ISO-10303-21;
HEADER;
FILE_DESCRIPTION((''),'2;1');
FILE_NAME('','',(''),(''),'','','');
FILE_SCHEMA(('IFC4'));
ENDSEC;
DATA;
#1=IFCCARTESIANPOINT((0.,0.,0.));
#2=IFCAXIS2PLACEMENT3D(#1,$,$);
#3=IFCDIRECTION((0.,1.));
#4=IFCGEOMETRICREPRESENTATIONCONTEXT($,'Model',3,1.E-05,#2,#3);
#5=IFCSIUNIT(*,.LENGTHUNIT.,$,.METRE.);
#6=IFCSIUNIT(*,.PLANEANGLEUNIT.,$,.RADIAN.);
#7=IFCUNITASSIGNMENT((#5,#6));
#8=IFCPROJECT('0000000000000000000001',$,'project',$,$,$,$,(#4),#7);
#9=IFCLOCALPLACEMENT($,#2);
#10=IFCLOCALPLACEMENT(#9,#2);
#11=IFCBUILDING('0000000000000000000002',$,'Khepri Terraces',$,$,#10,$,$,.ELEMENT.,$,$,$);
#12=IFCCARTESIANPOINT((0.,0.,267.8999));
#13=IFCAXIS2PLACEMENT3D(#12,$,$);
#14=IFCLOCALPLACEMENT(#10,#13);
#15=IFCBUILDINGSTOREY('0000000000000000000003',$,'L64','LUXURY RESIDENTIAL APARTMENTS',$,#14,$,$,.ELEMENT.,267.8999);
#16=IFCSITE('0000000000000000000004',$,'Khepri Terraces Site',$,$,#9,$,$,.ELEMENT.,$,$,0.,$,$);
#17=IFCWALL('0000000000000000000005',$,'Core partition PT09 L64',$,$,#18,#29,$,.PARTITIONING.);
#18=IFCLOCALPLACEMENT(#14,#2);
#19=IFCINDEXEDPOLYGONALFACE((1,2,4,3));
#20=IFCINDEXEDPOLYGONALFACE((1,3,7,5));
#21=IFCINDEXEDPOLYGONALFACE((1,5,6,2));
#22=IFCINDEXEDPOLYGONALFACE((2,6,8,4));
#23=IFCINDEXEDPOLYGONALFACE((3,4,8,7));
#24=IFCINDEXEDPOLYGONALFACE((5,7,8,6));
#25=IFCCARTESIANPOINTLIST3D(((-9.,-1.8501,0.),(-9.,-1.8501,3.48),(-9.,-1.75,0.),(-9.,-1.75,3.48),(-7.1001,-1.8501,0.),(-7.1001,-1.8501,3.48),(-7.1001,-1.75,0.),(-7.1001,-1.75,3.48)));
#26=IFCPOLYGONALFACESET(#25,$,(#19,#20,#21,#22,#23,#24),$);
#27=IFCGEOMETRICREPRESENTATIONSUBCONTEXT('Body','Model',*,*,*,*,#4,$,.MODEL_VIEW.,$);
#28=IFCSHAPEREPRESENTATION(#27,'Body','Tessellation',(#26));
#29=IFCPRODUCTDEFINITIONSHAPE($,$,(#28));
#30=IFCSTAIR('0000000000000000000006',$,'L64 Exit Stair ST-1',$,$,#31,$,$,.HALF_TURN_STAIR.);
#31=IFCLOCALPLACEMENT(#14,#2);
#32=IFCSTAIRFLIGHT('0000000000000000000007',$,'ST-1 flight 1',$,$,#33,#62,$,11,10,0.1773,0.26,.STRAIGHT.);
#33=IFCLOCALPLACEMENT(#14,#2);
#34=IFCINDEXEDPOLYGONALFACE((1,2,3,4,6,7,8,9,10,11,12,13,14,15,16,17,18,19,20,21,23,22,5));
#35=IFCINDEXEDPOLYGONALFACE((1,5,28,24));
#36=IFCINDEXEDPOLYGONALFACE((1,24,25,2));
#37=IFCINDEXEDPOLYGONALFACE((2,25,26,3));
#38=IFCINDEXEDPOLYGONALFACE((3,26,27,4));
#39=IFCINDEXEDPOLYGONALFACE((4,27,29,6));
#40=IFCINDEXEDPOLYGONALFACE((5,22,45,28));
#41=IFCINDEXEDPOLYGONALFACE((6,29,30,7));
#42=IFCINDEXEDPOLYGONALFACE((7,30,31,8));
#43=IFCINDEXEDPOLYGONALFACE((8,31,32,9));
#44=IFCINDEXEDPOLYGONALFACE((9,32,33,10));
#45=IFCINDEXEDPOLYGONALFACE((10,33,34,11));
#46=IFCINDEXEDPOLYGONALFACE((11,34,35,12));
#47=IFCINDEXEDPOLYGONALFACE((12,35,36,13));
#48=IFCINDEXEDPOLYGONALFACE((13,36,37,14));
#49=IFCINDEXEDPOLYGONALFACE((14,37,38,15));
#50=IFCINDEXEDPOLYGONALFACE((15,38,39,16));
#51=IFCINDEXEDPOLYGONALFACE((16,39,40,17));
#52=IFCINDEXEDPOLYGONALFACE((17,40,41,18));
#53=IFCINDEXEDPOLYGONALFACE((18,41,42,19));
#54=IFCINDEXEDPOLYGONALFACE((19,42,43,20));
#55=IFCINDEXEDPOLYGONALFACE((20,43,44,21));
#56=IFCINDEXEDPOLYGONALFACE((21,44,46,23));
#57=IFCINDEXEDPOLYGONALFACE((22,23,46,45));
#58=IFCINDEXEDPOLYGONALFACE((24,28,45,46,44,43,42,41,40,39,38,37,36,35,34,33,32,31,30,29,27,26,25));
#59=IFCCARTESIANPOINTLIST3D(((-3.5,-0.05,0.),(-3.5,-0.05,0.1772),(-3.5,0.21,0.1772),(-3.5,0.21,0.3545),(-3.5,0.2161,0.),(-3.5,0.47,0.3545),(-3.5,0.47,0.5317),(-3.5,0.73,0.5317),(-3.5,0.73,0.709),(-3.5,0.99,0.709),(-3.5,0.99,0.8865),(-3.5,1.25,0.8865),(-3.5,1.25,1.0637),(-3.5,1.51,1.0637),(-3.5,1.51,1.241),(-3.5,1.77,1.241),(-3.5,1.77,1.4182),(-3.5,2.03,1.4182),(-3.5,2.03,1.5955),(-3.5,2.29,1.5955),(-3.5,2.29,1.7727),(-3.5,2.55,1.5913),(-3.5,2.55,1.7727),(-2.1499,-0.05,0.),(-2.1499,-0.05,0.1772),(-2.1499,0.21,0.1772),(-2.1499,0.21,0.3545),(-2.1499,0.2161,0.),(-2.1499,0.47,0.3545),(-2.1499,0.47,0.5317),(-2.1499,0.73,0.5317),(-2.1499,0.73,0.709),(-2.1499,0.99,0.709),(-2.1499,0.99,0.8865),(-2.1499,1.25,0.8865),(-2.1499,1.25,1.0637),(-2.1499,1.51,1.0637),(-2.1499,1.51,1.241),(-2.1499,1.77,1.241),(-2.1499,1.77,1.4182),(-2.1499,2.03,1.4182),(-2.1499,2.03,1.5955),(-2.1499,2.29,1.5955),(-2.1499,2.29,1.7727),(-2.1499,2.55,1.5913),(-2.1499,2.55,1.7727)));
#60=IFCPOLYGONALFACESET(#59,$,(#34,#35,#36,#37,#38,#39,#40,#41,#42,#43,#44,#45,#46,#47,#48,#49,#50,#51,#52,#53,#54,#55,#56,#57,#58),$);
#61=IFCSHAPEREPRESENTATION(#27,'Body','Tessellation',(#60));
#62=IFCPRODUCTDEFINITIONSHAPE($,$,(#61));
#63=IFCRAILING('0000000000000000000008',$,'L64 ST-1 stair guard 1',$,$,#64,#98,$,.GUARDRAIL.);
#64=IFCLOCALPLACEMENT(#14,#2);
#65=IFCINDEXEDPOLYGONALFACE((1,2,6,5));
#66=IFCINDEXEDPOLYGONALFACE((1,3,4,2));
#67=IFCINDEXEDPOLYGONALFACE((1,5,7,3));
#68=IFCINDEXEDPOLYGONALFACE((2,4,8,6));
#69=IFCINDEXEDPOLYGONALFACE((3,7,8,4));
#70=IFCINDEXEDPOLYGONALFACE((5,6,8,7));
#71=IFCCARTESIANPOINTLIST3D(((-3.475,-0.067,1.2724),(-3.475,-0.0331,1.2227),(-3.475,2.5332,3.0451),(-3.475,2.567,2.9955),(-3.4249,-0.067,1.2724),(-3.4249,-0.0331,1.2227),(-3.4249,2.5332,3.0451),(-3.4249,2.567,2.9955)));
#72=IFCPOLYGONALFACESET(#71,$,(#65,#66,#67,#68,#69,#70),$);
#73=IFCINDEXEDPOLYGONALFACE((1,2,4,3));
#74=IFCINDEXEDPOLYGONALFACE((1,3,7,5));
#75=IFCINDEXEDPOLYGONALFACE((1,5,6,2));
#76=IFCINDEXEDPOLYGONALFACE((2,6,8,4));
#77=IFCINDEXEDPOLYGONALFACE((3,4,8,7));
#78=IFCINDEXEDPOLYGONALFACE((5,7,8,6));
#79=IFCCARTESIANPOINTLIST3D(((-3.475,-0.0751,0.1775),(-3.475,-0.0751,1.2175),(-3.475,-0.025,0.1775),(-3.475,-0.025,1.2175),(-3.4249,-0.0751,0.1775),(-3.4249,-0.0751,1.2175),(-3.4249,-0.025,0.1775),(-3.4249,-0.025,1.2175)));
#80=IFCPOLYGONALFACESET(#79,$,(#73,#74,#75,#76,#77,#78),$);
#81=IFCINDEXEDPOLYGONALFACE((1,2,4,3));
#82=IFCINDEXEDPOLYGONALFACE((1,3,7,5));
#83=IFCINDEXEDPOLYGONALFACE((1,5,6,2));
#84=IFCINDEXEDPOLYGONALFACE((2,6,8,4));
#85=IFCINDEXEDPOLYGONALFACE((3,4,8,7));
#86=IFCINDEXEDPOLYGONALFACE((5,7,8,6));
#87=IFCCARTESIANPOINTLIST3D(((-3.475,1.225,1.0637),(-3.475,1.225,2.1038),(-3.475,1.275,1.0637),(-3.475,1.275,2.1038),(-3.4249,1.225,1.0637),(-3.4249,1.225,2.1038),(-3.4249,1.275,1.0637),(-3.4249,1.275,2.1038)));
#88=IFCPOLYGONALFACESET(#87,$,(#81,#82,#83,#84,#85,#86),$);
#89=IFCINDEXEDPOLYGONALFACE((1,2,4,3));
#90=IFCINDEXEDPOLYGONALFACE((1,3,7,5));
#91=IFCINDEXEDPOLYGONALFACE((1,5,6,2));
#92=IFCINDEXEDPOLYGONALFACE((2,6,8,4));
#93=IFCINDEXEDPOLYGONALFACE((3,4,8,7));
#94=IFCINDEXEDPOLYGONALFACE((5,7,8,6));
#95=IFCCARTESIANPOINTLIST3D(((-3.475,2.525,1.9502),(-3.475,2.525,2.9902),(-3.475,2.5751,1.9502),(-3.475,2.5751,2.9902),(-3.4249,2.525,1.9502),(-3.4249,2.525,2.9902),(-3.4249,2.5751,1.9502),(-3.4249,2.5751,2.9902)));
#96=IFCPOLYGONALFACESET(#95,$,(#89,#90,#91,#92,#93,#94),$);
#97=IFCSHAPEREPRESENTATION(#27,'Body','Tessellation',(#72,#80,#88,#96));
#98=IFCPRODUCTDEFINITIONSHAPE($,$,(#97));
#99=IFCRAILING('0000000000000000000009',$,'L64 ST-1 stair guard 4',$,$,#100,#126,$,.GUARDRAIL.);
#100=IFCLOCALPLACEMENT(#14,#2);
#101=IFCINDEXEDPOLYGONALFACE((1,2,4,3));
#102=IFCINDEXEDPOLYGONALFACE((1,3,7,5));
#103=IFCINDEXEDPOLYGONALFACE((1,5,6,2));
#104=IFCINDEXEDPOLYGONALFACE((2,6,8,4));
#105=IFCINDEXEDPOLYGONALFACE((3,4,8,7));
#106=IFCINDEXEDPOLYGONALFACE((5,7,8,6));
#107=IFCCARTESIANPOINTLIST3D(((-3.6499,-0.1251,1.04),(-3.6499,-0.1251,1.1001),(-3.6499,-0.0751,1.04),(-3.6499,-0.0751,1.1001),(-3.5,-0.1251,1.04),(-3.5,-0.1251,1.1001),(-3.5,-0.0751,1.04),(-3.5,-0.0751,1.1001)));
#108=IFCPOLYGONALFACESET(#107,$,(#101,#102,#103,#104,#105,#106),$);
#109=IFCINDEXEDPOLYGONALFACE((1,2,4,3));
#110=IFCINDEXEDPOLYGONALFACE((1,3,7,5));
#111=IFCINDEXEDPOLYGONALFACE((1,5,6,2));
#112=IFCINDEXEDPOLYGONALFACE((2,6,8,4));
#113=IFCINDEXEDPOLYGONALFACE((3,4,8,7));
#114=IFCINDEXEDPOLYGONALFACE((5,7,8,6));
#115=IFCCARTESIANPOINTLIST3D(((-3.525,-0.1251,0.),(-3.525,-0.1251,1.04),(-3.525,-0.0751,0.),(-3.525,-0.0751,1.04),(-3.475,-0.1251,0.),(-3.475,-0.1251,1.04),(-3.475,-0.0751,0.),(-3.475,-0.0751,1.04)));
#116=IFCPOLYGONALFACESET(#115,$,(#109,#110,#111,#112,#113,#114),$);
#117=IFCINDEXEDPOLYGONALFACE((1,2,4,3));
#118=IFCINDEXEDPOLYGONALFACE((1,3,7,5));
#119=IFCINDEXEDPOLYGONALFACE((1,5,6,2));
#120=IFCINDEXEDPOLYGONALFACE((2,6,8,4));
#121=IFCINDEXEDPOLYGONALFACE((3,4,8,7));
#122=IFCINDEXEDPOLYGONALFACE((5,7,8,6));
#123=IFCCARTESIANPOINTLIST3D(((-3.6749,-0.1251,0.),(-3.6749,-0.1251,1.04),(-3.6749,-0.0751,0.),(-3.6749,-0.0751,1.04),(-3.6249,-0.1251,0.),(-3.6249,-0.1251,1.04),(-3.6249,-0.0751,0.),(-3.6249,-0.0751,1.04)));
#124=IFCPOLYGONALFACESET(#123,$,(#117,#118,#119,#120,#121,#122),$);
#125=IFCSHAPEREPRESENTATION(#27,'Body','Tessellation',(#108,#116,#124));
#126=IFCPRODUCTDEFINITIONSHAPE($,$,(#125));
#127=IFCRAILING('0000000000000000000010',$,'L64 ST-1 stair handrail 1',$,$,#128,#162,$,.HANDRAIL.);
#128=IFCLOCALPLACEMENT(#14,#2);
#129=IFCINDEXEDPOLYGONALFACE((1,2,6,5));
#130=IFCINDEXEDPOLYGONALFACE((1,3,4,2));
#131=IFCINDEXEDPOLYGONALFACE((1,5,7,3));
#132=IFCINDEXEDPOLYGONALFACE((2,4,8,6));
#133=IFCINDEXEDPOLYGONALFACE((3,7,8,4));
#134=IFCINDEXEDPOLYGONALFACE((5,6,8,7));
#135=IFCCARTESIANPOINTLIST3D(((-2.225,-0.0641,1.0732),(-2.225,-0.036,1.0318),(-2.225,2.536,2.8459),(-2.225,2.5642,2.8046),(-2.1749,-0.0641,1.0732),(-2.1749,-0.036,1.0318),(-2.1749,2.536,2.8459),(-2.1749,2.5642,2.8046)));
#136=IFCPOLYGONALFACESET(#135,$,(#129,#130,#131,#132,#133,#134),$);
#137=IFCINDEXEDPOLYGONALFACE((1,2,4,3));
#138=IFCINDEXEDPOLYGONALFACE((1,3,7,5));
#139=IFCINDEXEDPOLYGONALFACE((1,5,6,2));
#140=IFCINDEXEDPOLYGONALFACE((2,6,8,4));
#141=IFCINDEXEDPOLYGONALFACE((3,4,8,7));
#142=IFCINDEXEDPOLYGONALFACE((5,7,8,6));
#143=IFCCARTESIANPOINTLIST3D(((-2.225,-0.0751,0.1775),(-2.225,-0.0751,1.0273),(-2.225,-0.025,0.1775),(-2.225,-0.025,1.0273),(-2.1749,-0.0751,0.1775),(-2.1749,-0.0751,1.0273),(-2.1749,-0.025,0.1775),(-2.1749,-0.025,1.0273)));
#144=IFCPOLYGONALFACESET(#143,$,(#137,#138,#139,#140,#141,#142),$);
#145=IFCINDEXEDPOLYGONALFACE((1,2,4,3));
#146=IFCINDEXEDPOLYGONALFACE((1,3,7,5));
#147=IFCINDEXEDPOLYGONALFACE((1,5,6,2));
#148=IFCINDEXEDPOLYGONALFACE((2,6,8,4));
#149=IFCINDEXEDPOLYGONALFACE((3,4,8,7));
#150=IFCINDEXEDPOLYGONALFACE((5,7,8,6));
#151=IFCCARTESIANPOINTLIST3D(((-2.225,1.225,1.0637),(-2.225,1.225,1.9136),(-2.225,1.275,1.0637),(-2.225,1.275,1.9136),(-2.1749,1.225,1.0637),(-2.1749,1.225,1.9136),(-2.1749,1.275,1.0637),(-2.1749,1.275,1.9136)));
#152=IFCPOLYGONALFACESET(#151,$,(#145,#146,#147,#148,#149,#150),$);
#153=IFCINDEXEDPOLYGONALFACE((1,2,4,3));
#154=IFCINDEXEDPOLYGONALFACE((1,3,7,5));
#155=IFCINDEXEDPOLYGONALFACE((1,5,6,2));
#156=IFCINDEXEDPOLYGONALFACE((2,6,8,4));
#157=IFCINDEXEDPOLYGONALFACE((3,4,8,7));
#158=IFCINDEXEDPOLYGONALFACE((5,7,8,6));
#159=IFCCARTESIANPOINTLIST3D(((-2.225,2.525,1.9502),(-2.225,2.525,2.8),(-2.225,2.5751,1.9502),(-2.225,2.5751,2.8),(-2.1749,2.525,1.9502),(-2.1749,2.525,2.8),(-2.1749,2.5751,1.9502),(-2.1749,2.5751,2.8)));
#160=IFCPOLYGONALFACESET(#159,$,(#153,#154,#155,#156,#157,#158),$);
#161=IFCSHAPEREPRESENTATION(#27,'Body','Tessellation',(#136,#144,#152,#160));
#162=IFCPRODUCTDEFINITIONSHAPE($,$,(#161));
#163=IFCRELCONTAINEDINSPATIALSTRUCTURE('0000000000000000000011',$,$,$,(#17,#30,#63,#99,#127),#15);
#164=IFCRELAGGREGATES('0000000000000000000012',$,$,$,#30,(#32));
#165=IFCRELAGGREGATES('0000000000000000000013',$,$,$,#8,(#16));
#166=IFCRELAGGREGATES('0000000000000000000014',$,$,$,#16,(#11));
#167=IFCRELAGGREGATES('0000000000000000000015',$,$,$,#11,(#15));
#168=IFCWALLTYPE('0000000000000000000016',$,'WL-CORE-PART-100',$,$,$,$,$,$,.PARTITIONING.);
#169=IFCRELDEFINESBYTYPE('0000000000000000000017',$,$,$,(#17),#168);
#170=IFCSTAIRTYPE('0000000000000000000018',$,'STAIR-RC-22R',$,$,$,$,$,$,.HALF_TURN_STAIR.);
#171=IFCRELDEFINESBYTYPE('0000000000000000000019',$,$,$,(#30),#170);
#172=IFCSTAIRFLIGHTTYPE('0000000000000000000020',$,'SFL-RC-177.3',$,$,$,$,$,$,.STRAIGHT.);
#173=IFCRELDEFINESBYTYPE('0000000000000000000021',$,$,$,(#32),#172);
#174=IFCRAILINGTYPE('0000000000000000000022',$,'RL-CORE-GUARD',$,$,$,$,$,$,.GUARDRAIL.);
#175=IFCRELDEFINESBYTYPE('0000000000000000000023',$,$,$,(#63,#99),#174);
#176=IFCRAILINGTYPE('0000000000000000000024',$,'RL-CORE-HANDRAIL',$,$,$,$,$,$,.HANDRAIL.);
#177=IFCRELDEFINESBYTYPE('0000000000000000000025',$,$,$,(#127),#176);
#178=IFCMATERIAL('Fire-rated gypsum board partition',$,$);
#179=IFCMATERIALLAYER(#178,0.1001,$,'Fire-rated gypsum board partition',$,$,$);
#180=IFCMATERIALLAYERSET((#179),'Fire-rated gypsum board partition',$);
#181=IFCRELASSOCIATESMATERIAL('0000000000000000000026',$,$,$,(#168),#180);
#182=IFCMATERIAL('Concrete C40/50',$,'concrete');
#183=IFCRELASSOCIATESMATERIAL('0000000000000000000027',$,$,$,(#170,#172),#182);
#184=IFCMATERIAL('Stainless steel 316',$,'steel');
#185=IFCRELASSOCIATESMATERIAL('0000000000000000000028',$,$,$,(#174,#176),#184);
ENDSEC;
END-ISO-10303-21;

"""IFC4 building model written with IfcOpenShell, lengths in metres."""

from ifc_helpers import new_model, si_unit, direction, frame, frame_2d, origin, origin_2d, place, context, subcontext, project, spatial, polyline, rectangle, outline, extrude, material, layer, layer_set, type_object, element, aggregate, save


model = new_model("IFC4")

# Units and contexts
model_context = context("Model", 3, precision=1e-05, world=origin(), true_north=direction((0.0, 1.0)))
body_context = subcontext(model_context, "Body", "Model", "MODEL_VIEW")
ifc_project = project(units=[si_unit("LENGTHUNIT", "METRE"), si_unit("PLANEANGLEUNIT", "RADIAN")], contexts=[model_context])

# Site, building, storey
site_placement = place(None, origin())
site = spatial("IfcSite", under=ifc_project, at=site_placement, Name="Khepri Terraces Site", CompositionType="ELEMENT", RefElevation=0.0)
building_placement = place(site_placement, origin())
building = spatial("IfcBuilding", under=site, at=building_placement, Name="Khepri Terraces", CompositionType="ELEMENT")
storey_placement = place(building_placement, frame((0.0, 0.0, 267.8999)))
storey = spatial("IfcBuildingStorey", under=building, at=storey_placement, Name="L64", Description="LUXURY RESIDENTIAL APARTMENTS", CompositionType="ELEMENT", Elevation=267.8999)

# Shared definitions
ifc_material_1 = material(Name="Concrete C40/50", Category="concrete")

# Shared definitions
ifc_material_2 = material(Name="Fire-rated gypsum board partition")
ifc_layer_1 = layer(ifc_material_2, 0.1001, Name="Fire-rated gypsum board partition")
ifc_layer_set_1 = layer_set([ifc_layer_1], Name="Fire-rated gypsum board partition")
wall_type_1 = type_object("IfcWallType", Name="WL-CORE-PART-100", PredefinedType="PARTITIONING", material=ifc_layer_set_1)

# Wall
for number, where, z_axis, x_axis, name in (
    (1, (-9.0, -1.8, 0.0), (0.0, 0.0, 1.0), (1.0, 0.0, 0.0), "Core partition PT09 L64"),
):
    element("IfcWall", number, at=place(storey_placement, frame(where, z_axis=z_axis, x_axis=x_axis)), inside=storey, type_object=wall_type_1, Name=name, PredefinedType="PARTITIONING", context=body_context, shape_type="SweptSolid", body=[
        extrude(rectangle(XDim=1.8999, YDim=0.1001, at=frame_2d((0.95, 0.0))), origin(), (0.0, 0.0, 1.0), 3.48),
    ])

# Stair, stair flight
stair_type = type_object("IfcStairType", Name="STAIR-RC-22R", PredefinedType="HALF_TURN_STAIR", material=ifc_material_1)
stair_placement = place(storey_placement, origin())
stair = element("IfcStair", 2, at=stair_placement, inside=storey, type_object=stair_type, Name="L64 Exit Stair ST-1", PredefinedType="HALF_TURN_STAIR")
stair_flight_type = type_object("IfcStairFlightType", Name="SFL-RC-177.3", PredefinedType="STRAIGHT", material=ifc_material_1)
stair_flight_placement = place(storey_placement, frame((-2.825, -0.05, 0.0), z_axis=(0.0, 0.0, 1.0), x_axis=(0.0, 1.0, 0.0)))
stair_flight = element("IfcStairFlight", 3, at=stair_flight_placement, type_object=stair_flight_type, Name="ST-1 flight 1", NumberOfRisers=11, NumberOfTreads=10, PredefinedType="STRAIGHT", RiserHeight=0.1773, TreadLength=0.26, context=body_context, shape_type="SweptSolid", body=[
    extrude(outline(polyline([(0.0, 0.0), (0.0, 0.1772), (0.26, 0.1772), (0.26, 0.3545), (0.52, 0.3545), (0.52, 0.5317), (0.78, 0.5317), (0.78, 0.709), (1.04, 0.709), (1.04, 0.8865), (1.3, 0.8865), (1.3, 1.0637), (1.5601, 1.0637), (1.5601, 1.241), (1.8201, 1.241), (1.8201, 1.4182), (2.0801, 1.4182), (2.0801, 1.5955), (2.3401, 1.5955), (2.3401, 1.7727), (2.6001, 1.7727), (2.6001, 1.95), (2.6001, 1.5913), (0.2661, 0.0), (0.0, 0.0)])), frame((0.0, 0.675, 0.0), z_axis=(0.0, -1.0, 0.0), x_axis=(1.0, 0.0, 0.0)), (0.0, 0.0, 1.0), 1.3501),
])
aggregate(stair, [stair_flight])

# Railings
ifc_material_3 = material(Name="Stainless steel 316", Category="steel")
railing_type_1 = type_object("IfcRailingType", Name="RL-CORE-GUARD", PredefinedType="GUARDRAIL", material=ifc_material_3)
railing_1_placement = place(storey_placement, frame((-3.45, -0.05, 0.1775)))
element("IfcRailing", 4, at=railing_1_placement, inside=storey, type_object=railing_type_1, Name="L64 ST-1 stair guard 1", PredefinedType="GUARDRAIL", context=body_context, shape_type="SweptSolid", body=[
    extrude(rectangle(XDim=0.05, YDim=0.0601, at=origin_2d()), frame((0.0, 0.0, 1.0701), z_axis=(0.0, 0.82624, 0.563318), x_axis=(-1.0, 0.0, 0.0)), (0.0, 0.0, 1.0), 3.147),
    extrude(rectangle(XDim=0.05, YDim=0.05, at=origin_2d()), origin(), (0.0, 0.0, 1.0), 1.04),
    extrude(rectangle(XDim=0.05, YDim=0.05, at=origin_2d()), frame((0.0, 1.3, 0.8862)), (0.0, 0.0, 1.0), 1.04),
    extrude(rectangle(XDim=0.05, YDim=0.05, at=origin_2d()), frame((0.0, 2.6001, 1.7727)), (0.0, 0.0, 1.0), 1.04),
])
railing_2_placement = place(storey_placement, frame((-3.5, -0.1001, 0.0)))
element("IfcRailing", 5, at=railing_2_placement, inside=storey, type_object=railing_type_1, Name="L64 ST-1 stair guard 4", PredefinedType="GUARDRAIL", context=body_context, shape_type="SweptSolid", body=[
    extrude(rectangle(XDim=0.05, YDim=0.0601, at=origin_2d()), frame((0.0, 0.0, 1.0701), z_axis=(-1.0, 0.0, 0.0), x_axis=(0.0, -1.0, 0.0)), (0.0, 0.0, 1.0), 0.1499),
    extrude(rectangle(XDim=0.05, YDim=0.05, at=origin_2d()), origin(), (0.0, 0.0, 1.0), 1.04),
    extrude(rectangle(XDim=0.05, YDim=0.05, at=origin_2d()), frame((-0.1499, 0.0, 0.0)), (0.0, 0.0, 1.0), 1.04),
])
railing_type_2 = type_object("IfcRailingType", Name="RL-CORE-HANDRAIL", PredefinedType="HANDRAIL", material=ifc_material_3)
railing_3_placement = place(storey_placement, frame((-2.2, -0.05, 0.1775)))
element("IfcRailing", 6, at=railing_3_placement, inside=storey, type_object=railing_type_2, Name="L64 ST-1 stair handrail 1", PredefinedType="HANDRAIL", context=body_context, shape_type="SweptSolid", body=[
    extrude(rectangle(XDim=0.05, YDim=0.05, at=origin_2d()), frame((0.0, 0.0, 0.875), z_axis=(0.0, 0.82624, 0.563318), x_axis=(-1.0, 0.0, 0.0)), (0.0, 0.0, 1.0), 3.147),
    extrude(rectangle(XDim=0.05, YDim=0.05, at=origin_2d()), origin(), (0.0, 0.0, 1.0), 0.8499),
    extrude(rectangle(XDim=0.05, YDim=0.05, at=origin_2d()), frame((0.0, 1.3, 0.8862)), (0.0, 0.0, 1.0), 0.8499),
    extrude(rectangle(XDim=0.05, YDim=0.05, at=origin_2d()), frame((0.0, 2.6001, 1.7727)), (0.0, 0.0, 1.0), 0.8499),
])

save(model, "model.ifc")
